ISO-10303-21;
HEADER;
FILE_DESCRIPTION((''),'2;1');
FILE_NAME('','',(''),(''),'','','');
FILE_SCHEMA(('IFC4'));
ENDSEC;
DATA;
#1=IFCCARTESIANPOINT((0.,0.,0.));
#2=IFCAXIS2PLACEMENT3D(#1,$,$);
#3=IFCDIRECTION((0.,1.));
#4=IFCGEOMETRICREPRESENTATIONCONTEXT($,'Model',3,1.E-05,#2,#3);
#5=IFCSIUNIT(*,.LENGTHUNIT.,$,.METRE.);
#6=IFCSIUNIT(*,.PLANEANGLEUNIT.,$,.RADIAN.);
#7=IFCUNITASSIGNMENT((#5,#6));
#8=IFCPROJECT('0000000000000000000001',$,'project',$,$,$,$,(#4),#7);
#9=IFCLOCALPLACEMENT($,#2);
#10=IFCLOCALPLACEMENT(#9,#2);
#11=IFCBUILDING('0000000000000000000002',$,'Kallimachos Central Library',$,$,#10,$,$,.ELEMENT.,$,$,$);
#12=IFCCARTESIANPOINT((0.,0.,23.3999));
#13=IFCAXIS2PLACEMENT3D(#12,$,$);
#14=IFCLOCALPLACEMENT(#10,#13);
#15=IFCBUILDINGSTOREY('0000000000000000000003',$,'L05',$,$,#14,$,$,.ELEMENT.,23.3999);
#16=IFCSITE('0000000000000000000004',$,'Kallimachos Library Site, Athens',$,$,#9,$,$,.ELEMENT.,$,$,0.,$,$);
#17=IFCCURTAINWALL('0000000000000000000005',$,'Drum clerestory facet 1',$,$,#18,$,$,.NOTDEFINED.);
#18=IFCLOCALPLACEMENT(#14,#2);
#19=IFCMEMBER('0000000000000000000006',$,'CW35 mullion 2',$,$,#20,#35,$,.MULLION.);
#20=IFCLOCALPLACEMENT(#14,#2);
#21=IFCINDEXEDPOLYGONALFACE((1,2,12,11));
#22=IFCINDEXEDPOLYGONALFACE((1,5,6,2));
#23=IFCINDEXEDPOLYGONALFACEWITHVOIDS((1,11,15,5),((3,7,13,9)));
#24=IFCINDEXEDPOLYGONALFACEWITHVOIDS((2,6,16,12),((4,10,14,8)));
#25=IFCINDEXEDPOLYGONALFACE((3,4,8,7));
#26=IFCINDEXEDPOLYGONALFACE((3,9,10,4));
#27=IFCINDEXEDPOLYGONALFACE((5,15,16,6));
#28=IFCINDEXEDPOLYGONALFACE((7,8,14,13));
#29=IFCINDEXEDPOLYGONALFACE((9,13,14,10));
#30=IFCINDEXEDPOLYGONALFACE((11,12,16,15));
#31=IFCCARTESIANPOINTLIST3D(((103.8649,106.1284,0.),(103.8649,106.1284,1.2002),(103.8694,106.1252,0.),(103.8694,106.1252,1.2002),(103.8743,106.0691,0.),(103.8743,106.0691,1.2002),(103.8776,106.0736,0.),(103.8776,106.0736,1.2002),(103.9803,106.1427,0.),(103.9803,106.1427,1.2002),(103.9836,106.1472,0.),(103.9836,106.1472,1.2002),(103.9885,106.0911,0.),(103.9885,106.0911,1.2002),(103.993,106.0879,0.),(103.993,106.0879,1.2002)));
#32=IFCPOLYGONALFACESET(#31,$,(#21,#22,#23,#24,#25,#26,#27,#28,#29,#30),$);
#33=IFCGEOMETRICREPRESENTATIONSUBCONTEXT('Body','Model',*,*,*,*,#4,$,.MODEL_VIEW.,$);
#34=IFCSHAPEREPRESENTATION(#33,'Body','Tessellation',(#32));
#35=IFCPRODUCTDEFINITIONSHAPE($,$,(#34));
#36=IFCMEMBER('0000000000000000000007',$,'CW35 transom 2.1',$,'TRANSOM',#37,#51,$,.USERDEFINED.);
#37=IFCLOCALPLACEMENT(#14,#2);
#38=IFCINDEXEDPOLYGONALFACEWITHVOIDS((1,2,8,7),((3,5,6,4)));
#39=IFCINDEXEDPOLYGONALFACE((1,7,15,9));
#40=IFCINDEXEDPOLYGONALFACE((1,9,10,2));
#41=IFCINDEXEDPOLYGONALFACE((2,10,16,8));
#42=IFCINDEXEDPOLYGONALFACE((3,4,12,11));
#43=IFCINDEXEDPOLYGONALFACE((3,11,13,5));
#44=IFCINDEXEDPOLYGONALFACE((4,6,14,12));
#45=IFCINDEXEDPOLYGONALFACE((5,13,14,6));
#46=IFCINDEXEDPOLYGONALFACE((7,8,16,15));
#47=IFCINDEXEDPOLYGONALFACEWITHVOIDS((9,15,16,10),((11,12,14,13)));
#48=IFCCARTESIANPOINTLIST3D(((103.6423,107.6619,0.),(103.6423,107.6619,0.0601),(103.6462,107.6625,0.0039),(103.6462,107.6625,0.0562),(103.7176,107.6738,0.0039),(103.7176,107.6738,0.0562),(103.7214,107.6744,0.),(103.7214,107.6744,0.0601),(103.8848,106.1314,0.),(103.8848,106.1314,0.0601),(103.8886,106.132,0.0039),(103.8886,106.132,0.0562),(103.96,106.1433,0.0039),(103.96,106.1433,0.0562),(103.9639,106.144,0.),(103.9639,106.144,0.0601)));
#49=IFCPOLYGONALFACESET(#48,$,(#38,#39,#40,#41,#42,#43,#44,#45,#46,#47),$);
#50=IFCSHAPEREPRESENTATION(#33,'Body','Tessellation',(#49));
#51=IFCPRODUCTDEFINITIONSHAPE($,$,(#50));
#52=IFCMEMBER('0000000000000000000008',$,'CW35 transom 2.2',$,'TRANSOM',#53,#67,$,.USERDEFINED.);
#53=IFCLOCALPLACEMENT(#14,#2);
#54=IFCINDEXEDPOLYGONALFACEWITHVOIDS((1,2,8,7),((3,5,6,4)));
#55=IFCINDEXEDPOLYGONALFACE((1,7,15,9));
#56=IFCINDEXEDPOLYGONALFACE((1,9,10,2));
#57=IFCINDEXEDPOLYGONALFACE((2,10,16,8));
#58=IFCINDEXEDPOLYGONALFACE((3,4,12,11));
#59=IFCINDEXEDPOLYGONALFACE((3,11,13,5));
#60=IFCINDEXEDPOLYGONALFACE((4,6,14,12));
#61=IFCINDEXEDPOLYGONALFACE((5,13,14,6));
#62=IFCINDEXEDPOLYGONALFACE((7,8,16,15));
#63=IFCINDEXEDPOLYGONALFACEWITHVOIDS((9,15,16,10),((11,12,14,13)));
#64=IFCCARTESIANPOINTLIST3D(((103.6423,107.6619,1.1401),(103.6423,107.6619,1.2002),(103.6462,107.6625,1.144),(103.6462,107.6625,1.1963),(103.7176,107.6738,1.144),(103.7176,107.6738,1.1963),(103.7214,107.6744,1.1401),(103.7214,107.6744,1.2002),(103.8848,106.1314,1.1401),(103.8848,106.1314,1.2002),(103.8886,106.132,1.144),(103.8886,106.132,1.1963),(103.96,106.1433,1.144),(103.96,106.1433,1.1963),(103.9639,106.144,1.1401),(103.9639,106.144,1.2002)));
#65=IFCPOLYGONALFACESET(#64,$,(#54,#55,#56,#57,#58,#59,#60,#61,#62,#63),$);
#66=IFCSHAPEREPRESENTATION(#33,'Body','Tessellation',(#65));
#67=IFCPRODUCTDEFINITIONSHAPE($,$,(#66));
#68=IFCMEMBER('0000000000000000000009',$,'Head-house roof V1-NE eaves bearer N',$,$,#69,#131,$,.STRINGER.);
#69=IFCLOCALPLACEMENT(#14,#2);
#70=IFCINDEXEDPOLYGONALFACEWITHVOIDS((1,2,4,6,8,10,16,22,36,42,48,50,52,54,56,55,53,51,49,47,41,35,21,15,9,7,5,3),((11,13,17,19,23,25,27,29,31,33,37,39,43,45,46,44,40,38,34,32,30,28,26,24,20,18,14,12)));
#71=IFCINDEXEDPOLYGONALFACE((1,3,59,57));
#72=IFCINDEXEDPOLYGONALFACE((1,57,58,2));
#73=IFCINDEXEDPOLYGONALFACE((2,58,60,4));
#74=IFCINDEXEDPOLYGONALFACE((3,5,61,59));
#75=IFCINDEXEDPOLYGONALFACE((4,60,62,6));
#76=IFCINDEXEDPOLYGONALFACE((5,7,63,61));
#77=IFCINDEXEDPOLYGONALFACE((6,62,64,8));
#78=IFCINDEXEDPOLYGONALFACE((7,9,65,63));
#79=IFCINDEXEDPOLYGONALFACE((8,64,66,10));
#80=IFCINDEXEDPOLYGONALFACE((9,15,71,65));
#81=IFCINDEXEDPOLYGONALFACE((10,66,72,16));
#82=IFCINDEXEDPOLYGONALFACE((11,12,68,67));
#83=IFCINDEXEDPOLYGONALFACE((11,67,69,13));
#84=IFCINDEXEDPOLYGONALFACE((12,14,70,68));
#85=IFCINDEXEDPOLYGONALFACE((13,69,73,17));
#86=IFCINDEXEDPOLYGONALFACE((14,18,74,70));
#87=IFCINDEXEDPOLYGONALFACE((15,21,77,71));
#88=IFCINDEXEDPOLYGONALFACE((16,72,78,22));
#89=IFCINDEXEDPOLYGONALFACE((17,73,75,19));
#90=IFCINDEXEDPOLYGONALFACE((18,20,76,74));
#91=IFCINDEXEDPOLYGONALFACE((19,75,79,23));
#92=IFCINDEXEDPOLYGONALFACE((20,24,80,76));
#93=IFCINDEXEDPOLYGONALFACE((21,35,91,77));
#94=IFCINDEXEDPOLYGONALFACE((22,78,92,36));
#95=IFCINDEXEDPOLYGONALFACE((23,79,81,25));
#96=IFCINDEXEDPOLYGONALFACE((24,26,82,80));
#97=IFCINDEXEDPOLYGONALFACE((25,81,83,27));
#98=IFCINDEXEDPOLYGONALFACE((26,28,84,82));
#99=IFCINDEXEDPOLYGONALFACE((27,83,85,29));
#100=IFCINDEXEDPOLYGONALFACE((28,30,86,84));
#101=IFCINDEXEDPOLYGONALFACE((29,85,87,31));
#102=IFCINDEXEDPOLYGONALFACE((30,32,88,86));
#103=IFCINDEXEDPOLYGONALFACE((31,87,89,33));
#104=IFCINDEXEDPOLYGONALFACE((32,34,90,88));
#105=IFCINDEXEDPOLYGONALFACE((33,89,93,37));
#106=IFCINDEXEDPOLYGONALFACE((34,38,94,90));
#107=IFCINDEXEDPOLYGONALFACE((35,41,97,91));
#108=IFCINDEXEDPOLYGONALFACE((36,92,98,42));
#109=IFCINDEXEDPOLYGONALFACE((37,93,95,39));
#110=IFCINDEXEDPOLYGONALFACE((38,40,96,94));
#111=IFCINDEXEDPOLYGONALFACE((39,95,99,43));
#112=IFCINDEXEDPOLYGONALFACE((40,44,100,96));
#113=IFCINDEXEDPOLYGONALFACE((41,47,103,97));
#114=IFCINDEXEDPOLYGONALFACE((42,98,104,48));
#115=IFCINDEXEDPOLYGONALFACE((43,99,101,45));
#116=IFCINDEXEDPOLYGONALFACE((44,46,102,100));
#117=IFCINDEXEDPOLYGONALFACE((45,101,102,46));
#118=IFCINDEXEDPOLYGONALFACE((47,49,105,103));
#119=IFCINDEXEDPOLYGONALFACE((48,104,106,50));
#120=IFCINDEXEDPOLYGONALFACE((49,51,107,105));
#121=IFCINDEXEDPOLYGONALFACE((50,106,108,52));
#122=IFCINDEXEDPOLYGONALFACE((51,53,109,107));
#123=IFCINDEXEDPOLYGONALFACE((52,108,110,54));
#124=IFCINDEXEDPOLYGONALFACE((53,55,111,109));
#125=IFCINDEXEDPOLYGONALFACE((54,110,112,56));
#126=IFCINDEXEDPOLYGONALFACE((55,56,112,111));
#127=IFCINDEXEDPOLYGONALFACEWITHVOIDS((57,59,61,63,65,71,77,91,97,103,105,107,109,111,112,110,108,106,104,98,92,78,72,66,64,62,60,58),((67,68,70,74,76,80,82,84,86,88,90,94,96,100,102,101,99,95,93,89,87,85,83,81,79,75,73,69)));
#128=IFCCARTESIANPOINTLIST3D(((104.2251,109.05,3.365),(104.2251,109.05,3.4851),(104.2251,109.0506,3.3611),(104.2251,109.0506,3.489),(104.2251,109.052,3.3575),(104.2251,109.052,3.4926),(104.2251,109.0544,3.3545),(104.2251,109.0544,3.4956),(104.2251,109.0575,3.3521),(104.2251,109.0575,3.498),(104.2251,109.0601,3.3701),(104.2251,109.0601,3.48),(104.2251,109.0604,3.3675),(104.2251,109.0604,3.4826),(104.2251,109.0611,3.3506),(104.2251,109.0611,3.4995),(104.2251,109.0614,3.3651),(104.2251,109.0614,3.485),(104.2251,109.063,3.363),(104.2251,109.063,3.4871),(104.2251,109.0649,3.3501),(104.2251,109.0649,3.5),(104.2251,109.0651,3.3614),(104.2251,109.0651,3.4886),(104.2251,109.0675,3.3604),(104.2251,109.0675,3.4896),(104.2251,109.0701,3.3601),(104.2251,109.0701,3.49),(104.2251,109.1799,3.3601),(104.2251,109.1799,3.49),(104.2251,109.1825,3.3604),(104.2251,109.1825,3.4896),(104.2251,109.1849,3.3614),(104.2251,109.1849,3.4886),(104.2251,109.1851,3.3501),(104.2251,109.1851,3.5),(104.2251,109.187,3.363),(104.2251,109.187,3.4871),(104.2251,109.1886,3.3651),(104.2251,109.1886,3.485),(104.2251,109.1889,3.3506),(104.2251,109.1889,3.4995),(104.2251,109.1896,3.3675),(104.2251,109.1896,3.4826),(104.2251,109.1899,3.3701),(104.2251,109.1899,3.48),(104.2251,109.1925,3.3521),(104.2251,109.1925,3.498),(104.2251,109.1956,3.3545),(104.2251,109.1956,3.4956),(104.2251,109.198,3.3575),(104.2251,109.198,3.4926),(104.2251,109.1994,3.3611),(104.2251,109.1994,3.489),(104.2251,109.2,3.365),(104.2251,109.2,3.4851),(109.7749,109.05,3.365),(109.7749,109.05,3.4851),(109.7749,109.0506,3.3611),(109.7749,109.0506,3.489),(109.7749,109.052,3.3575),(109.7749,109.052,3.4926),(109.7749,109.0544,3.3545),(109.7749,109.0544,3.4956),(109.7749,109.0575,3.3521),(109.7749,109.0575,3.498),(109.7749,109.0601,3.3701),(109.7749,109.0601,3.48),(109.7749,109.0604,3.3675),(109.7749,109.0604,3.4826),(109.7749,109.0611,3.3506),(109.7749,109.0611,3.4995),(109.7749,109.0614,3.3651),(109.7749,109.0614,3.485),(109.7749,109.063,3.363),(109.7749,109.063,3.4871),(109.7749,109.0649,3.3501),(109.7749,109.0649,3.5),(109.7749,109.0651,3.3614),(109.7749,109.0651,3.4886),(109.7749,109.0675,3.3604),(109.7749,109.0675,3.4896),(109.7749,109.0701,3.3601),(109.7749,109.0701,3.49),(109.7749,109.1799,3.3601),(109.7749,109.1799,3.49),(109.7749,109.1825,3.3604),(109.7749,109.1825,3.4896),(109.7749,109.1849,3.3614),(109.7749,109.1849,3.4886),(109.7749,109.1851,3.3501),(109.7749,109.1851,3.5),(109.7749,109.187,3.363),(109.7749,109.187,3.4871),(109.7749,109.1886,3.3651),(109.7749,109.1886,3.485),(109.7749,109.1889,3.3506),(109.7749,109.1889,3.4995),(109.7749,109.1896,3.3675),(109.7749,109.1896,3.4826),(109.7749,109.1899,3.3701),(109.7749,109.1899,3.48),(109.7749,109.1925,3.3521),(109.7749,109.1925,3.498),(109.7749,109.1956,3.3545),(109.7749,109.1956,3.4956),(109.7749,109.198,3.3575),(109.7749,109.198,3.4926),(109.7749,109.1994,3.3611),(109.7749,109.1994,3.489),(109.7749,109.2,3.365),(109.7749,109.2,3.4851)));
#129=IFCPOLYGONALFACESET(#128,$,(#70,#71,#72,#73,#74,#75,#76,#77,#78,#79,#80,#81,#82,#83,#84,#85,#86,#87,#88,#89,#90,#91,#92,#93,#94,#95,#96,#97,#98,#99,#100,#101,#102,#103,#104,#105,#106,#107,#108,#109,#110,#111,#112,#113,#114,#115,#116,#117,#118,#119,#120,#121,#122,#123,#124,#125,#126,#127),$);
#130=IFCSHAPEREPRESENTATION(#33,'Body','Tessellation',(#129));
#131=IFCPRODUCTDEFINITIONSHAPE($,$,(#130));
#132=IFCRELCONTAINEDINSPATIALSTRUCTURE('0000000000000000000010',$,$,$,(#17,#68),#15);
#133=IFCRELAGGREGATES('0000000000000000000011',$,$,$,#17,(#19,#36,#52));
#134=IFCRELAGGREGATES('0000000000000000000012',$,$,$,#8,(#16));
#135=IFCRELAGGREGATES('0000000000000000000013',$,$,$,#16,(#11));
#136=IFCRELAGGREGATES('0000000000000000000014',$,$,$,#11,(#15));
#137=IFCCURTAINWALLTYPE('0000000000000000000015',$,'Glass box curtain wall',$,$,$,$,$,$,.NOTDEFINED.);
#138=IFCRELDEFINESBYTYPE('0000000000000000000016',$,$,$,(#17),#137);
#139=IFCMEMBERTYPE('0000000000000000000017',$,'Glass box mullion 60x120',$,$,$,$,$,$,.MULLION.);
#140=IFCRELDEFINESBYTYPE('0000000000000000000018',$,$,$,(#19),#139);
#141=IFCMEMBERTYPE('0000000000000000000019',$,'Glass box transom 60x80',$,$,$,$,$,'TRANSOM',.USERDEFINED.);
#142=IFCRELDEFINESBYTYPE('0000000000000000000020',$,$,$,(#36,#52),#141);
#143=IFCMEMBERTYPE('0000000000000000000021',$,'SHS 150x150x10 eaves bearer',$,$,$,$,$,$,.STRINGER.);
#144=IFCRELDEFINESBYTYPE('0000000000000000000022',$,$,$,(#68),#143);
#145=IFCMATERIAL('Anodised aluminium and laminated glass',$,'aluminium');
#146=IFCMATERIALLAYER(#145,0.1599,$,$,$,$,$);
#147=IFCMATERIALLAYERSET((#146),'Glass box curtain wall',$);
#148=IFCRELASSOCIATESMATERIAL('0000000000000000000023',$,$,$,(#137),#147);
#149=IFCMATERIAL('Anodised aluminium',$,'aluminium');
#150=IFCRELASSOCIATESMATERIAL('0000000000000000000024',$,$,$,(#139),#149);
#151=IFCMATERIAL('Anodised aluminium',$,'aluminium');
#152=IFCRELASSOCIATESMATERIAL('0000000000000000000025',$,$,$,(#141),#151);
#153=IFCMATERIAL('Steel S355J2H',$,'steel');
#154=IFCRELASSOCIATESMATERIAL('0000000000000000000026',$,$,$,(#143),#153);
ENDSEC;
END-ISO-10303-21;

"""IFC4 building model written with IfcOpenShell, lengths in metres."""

from ifc_helpers import new_model, si_unit, direction, frame, origin, origin_2d, place, context, subcontext, project, spatial, hollow_rectangle, extrude, material, layer, layer_set, material_profile, profile_set, type_object, element, aggregate, save


model = new_model("IFC4")

# Units and contexts
model_context = context("Model", 3, precision=1e-05, world=origin(), true_north=direction((0.0, 1.0)))
body_context = subcontext(model_context, "Body", "Model", "MODEL_VIEW")
ifc_project = project(units=[si_unit("LENGTHUNIT", "METRE"), si_unit("PLANEANGLEUNIT", "RADIAN")], contexts=[model_context])

# Site, building, storey
site_placement = place(None, origin())
site = spatial("IfcSite", under=ifc_project, at=site_placement, Name="Kallimachos Library Site, Athens", CompositionType="ELEMENT", RefElevation=0.0)
building_placement = place(site_placement, origin())
building = spatial("IfcBuilding", under=site, at=building_placement, Name="Kallimachos Central Library", CompositionType="ELEMENT")
storey_placement = place(building_placement, frame((0.0, 0.0, 23.3999)))
storey = spatial("IfcBuildingStorey", under=building, at=storey_placement, Name="L05", CompositionType="ELEMENT", Elevation=23.3999)

# Curtain wall, members
ifc_material_1 = material(Name="Anodised aluminium and laminated glass", Category="aluminium")
ifc_layer_1 = layer(ifc_material_1, 0.1599)
ifc_layer_set_1 = layer_set([ifc_layer_1], Name="Glass box curtain wall")
curtain_wall_type = type_object("IfcCurtainWallType", Name="Glass box curtain wall", PredefinedType="NOTDEFINED", material=ifc_layer_set_1)
curtain_wall_placement = place(storey_placement, origin())
curtain_wall = element("IfcCurtainWall", 1, at=curtain_wall_placement, inside=storey, type_object=curtain_wall_type, Name="Drum clerestory facet 1", PredefinedType="NOTDEFINED")
ifc_material_2 = material(Name="Anodised aluminium", Category="aluminium")
ifc_material_profile_1 = material_profile(ifc_material_2, hollow_rectangle(XDim=0.0601, YDim=0.1201, WallThickness=0.0039, at=origin_2d()), Name="ALU MULLION 60x120")
ifc_profile_set_1 = profile_set([ifc_material_profile_1], Name="Anodised aluminium")
member_type_1 = type_object("IfcMemberType", Name="Glass box mullion 60x120", PredefinedType="MULLION", material=ifc_profile_set_1)
member_1_placement = place(storey_placement, frame((103.929, 106.1082, 0.0), z_axis=(0.0, 0.0, 1.0), x_axis=(-0.156435, 0.987688, 0.0)))
member_1 = element("IfcMember", 2, at=member_1_placement, type_object=member_type_1, Name="CW35 mullion 2", PredefinedType="MULLION", context=body_context, shape_type="SweptSolid", body=[
    extrude(hollow_rectangle(XDim=0.0601, YDim=0.1201, WallThickness=0.0039, at=origin_2d()), origin(), (0.0, 0.0, 1.0), 1.2002),
])
ifc_material_3 = material(Name="Anodised aluminium", Category="aluminium")
ifc_material_profile_2 = material_profile(ifc_material_3, hollow_rectangle(XDim=0.0601, YDim=0.0801, WallThickness=0.0039, at=origin_2d()), Name="ALU TRANSOM 60x80")
ifc_profile_set_2 = profile_set([ifc_material_profile_2], Name="Anodised aluminium")
member_type_2 = type_object("IfcMemberType", Name="Glass box transom 60x80", ElementType="TRANSOM", PredefinedType="USERDEFINED", material=ifc_profile_set_2)
member_2_placement = place(storey_placement, frame((103.9243, 106.1377, 0.03), z_axis=(-0.156448, 0.987686, 0.0), x_axis=(0.0, 0.0, 1.0)))
member_2 = element("IfcMember", 3, at=member_2_placement, type_object=member_type_2, Name="CW35 transom 2.1", ObjectType="TRANSOM", PredefinedType="USERDEFINED", context=body_context, shape_type="SweptSolid", body=[
    extrude(hollow_rectangle(XDim=0.0601, YDim=0.0801, WallThickness=0.0039, at=origin_2d()), origin(), (0.0, 0.0, 1.0), 1.5496),
])
member_3_placement = place(storey_placement, frame((103.9243, 106.1377, 1.1702), z_axis=(-0.156448, 0.987686, 0.0), x_axis=(0.0, 0.0, 1.0)))
member_3 = element("IfcMember", 4, at=member_3_placement, type_object=member_type_2, Name="CW35 transom 2.2", ObjectType="TRANSOM", PredefinedType="USERDEFINED", context=body_context, shape_type="SweptSolid", body=[
    extrude(hollow_rectangle(XDim=0.0601, YDim=0.0801, WallThickness=0.0039, at=origin_2d()), origin(), (0.0, 0.0, 1.0), 1.5496),
])
aggregate(curtain_wall, [member_1, member_2, member_3])

# Member
ifc_material_4 = material(Name="Steel S355J2H", Category="steel")
ifc_material_profile_3 = material_profile(ifc_material_4, hollow_rectangle(XDim=0.1499, YDim=0.1499, WallThickness=0.01, InnerFilletRadius=0.01, OuterFilletRadius=0.0149, at=origin_2d()), Name="SHS 150x150x10")
ifc_profile_set_3 = profile_set([ifc_material_profile_3], Name="Steel S355J2H")
member_type_3 = type_object("IfcMemberType", Name="SHS 150x150x10 eaves bearer", PredefinedType="STRINGER", material=ifc_profile_set_3)
member_4_placement = place(storey_placement, frame((104.2251, 109.125, 3.425), z_axis=(1.0, 0.0, 0.0), x_axis=(0.0, 1.0, 0.0)))
element("IfcMember", 5, at=member_4_placement, inside=storey, type_object=member_type_3, Name="Head-house roof V1-NE eaves bearer N", PredefinedType="STRINGER", context=body_context, shape_type="SweptSolid", body=[
    extrude(hollow_rectangle(XDim=0.1499, YDim=0.1499, WallThickness=0.01, InnerFilletRadius=0.01, OuterFilletRadius=0.0149, at=origin_2d()), origin(), (0.0, 0.0, 1.0), 5.5498),
])

save(model, "model.ifc")
